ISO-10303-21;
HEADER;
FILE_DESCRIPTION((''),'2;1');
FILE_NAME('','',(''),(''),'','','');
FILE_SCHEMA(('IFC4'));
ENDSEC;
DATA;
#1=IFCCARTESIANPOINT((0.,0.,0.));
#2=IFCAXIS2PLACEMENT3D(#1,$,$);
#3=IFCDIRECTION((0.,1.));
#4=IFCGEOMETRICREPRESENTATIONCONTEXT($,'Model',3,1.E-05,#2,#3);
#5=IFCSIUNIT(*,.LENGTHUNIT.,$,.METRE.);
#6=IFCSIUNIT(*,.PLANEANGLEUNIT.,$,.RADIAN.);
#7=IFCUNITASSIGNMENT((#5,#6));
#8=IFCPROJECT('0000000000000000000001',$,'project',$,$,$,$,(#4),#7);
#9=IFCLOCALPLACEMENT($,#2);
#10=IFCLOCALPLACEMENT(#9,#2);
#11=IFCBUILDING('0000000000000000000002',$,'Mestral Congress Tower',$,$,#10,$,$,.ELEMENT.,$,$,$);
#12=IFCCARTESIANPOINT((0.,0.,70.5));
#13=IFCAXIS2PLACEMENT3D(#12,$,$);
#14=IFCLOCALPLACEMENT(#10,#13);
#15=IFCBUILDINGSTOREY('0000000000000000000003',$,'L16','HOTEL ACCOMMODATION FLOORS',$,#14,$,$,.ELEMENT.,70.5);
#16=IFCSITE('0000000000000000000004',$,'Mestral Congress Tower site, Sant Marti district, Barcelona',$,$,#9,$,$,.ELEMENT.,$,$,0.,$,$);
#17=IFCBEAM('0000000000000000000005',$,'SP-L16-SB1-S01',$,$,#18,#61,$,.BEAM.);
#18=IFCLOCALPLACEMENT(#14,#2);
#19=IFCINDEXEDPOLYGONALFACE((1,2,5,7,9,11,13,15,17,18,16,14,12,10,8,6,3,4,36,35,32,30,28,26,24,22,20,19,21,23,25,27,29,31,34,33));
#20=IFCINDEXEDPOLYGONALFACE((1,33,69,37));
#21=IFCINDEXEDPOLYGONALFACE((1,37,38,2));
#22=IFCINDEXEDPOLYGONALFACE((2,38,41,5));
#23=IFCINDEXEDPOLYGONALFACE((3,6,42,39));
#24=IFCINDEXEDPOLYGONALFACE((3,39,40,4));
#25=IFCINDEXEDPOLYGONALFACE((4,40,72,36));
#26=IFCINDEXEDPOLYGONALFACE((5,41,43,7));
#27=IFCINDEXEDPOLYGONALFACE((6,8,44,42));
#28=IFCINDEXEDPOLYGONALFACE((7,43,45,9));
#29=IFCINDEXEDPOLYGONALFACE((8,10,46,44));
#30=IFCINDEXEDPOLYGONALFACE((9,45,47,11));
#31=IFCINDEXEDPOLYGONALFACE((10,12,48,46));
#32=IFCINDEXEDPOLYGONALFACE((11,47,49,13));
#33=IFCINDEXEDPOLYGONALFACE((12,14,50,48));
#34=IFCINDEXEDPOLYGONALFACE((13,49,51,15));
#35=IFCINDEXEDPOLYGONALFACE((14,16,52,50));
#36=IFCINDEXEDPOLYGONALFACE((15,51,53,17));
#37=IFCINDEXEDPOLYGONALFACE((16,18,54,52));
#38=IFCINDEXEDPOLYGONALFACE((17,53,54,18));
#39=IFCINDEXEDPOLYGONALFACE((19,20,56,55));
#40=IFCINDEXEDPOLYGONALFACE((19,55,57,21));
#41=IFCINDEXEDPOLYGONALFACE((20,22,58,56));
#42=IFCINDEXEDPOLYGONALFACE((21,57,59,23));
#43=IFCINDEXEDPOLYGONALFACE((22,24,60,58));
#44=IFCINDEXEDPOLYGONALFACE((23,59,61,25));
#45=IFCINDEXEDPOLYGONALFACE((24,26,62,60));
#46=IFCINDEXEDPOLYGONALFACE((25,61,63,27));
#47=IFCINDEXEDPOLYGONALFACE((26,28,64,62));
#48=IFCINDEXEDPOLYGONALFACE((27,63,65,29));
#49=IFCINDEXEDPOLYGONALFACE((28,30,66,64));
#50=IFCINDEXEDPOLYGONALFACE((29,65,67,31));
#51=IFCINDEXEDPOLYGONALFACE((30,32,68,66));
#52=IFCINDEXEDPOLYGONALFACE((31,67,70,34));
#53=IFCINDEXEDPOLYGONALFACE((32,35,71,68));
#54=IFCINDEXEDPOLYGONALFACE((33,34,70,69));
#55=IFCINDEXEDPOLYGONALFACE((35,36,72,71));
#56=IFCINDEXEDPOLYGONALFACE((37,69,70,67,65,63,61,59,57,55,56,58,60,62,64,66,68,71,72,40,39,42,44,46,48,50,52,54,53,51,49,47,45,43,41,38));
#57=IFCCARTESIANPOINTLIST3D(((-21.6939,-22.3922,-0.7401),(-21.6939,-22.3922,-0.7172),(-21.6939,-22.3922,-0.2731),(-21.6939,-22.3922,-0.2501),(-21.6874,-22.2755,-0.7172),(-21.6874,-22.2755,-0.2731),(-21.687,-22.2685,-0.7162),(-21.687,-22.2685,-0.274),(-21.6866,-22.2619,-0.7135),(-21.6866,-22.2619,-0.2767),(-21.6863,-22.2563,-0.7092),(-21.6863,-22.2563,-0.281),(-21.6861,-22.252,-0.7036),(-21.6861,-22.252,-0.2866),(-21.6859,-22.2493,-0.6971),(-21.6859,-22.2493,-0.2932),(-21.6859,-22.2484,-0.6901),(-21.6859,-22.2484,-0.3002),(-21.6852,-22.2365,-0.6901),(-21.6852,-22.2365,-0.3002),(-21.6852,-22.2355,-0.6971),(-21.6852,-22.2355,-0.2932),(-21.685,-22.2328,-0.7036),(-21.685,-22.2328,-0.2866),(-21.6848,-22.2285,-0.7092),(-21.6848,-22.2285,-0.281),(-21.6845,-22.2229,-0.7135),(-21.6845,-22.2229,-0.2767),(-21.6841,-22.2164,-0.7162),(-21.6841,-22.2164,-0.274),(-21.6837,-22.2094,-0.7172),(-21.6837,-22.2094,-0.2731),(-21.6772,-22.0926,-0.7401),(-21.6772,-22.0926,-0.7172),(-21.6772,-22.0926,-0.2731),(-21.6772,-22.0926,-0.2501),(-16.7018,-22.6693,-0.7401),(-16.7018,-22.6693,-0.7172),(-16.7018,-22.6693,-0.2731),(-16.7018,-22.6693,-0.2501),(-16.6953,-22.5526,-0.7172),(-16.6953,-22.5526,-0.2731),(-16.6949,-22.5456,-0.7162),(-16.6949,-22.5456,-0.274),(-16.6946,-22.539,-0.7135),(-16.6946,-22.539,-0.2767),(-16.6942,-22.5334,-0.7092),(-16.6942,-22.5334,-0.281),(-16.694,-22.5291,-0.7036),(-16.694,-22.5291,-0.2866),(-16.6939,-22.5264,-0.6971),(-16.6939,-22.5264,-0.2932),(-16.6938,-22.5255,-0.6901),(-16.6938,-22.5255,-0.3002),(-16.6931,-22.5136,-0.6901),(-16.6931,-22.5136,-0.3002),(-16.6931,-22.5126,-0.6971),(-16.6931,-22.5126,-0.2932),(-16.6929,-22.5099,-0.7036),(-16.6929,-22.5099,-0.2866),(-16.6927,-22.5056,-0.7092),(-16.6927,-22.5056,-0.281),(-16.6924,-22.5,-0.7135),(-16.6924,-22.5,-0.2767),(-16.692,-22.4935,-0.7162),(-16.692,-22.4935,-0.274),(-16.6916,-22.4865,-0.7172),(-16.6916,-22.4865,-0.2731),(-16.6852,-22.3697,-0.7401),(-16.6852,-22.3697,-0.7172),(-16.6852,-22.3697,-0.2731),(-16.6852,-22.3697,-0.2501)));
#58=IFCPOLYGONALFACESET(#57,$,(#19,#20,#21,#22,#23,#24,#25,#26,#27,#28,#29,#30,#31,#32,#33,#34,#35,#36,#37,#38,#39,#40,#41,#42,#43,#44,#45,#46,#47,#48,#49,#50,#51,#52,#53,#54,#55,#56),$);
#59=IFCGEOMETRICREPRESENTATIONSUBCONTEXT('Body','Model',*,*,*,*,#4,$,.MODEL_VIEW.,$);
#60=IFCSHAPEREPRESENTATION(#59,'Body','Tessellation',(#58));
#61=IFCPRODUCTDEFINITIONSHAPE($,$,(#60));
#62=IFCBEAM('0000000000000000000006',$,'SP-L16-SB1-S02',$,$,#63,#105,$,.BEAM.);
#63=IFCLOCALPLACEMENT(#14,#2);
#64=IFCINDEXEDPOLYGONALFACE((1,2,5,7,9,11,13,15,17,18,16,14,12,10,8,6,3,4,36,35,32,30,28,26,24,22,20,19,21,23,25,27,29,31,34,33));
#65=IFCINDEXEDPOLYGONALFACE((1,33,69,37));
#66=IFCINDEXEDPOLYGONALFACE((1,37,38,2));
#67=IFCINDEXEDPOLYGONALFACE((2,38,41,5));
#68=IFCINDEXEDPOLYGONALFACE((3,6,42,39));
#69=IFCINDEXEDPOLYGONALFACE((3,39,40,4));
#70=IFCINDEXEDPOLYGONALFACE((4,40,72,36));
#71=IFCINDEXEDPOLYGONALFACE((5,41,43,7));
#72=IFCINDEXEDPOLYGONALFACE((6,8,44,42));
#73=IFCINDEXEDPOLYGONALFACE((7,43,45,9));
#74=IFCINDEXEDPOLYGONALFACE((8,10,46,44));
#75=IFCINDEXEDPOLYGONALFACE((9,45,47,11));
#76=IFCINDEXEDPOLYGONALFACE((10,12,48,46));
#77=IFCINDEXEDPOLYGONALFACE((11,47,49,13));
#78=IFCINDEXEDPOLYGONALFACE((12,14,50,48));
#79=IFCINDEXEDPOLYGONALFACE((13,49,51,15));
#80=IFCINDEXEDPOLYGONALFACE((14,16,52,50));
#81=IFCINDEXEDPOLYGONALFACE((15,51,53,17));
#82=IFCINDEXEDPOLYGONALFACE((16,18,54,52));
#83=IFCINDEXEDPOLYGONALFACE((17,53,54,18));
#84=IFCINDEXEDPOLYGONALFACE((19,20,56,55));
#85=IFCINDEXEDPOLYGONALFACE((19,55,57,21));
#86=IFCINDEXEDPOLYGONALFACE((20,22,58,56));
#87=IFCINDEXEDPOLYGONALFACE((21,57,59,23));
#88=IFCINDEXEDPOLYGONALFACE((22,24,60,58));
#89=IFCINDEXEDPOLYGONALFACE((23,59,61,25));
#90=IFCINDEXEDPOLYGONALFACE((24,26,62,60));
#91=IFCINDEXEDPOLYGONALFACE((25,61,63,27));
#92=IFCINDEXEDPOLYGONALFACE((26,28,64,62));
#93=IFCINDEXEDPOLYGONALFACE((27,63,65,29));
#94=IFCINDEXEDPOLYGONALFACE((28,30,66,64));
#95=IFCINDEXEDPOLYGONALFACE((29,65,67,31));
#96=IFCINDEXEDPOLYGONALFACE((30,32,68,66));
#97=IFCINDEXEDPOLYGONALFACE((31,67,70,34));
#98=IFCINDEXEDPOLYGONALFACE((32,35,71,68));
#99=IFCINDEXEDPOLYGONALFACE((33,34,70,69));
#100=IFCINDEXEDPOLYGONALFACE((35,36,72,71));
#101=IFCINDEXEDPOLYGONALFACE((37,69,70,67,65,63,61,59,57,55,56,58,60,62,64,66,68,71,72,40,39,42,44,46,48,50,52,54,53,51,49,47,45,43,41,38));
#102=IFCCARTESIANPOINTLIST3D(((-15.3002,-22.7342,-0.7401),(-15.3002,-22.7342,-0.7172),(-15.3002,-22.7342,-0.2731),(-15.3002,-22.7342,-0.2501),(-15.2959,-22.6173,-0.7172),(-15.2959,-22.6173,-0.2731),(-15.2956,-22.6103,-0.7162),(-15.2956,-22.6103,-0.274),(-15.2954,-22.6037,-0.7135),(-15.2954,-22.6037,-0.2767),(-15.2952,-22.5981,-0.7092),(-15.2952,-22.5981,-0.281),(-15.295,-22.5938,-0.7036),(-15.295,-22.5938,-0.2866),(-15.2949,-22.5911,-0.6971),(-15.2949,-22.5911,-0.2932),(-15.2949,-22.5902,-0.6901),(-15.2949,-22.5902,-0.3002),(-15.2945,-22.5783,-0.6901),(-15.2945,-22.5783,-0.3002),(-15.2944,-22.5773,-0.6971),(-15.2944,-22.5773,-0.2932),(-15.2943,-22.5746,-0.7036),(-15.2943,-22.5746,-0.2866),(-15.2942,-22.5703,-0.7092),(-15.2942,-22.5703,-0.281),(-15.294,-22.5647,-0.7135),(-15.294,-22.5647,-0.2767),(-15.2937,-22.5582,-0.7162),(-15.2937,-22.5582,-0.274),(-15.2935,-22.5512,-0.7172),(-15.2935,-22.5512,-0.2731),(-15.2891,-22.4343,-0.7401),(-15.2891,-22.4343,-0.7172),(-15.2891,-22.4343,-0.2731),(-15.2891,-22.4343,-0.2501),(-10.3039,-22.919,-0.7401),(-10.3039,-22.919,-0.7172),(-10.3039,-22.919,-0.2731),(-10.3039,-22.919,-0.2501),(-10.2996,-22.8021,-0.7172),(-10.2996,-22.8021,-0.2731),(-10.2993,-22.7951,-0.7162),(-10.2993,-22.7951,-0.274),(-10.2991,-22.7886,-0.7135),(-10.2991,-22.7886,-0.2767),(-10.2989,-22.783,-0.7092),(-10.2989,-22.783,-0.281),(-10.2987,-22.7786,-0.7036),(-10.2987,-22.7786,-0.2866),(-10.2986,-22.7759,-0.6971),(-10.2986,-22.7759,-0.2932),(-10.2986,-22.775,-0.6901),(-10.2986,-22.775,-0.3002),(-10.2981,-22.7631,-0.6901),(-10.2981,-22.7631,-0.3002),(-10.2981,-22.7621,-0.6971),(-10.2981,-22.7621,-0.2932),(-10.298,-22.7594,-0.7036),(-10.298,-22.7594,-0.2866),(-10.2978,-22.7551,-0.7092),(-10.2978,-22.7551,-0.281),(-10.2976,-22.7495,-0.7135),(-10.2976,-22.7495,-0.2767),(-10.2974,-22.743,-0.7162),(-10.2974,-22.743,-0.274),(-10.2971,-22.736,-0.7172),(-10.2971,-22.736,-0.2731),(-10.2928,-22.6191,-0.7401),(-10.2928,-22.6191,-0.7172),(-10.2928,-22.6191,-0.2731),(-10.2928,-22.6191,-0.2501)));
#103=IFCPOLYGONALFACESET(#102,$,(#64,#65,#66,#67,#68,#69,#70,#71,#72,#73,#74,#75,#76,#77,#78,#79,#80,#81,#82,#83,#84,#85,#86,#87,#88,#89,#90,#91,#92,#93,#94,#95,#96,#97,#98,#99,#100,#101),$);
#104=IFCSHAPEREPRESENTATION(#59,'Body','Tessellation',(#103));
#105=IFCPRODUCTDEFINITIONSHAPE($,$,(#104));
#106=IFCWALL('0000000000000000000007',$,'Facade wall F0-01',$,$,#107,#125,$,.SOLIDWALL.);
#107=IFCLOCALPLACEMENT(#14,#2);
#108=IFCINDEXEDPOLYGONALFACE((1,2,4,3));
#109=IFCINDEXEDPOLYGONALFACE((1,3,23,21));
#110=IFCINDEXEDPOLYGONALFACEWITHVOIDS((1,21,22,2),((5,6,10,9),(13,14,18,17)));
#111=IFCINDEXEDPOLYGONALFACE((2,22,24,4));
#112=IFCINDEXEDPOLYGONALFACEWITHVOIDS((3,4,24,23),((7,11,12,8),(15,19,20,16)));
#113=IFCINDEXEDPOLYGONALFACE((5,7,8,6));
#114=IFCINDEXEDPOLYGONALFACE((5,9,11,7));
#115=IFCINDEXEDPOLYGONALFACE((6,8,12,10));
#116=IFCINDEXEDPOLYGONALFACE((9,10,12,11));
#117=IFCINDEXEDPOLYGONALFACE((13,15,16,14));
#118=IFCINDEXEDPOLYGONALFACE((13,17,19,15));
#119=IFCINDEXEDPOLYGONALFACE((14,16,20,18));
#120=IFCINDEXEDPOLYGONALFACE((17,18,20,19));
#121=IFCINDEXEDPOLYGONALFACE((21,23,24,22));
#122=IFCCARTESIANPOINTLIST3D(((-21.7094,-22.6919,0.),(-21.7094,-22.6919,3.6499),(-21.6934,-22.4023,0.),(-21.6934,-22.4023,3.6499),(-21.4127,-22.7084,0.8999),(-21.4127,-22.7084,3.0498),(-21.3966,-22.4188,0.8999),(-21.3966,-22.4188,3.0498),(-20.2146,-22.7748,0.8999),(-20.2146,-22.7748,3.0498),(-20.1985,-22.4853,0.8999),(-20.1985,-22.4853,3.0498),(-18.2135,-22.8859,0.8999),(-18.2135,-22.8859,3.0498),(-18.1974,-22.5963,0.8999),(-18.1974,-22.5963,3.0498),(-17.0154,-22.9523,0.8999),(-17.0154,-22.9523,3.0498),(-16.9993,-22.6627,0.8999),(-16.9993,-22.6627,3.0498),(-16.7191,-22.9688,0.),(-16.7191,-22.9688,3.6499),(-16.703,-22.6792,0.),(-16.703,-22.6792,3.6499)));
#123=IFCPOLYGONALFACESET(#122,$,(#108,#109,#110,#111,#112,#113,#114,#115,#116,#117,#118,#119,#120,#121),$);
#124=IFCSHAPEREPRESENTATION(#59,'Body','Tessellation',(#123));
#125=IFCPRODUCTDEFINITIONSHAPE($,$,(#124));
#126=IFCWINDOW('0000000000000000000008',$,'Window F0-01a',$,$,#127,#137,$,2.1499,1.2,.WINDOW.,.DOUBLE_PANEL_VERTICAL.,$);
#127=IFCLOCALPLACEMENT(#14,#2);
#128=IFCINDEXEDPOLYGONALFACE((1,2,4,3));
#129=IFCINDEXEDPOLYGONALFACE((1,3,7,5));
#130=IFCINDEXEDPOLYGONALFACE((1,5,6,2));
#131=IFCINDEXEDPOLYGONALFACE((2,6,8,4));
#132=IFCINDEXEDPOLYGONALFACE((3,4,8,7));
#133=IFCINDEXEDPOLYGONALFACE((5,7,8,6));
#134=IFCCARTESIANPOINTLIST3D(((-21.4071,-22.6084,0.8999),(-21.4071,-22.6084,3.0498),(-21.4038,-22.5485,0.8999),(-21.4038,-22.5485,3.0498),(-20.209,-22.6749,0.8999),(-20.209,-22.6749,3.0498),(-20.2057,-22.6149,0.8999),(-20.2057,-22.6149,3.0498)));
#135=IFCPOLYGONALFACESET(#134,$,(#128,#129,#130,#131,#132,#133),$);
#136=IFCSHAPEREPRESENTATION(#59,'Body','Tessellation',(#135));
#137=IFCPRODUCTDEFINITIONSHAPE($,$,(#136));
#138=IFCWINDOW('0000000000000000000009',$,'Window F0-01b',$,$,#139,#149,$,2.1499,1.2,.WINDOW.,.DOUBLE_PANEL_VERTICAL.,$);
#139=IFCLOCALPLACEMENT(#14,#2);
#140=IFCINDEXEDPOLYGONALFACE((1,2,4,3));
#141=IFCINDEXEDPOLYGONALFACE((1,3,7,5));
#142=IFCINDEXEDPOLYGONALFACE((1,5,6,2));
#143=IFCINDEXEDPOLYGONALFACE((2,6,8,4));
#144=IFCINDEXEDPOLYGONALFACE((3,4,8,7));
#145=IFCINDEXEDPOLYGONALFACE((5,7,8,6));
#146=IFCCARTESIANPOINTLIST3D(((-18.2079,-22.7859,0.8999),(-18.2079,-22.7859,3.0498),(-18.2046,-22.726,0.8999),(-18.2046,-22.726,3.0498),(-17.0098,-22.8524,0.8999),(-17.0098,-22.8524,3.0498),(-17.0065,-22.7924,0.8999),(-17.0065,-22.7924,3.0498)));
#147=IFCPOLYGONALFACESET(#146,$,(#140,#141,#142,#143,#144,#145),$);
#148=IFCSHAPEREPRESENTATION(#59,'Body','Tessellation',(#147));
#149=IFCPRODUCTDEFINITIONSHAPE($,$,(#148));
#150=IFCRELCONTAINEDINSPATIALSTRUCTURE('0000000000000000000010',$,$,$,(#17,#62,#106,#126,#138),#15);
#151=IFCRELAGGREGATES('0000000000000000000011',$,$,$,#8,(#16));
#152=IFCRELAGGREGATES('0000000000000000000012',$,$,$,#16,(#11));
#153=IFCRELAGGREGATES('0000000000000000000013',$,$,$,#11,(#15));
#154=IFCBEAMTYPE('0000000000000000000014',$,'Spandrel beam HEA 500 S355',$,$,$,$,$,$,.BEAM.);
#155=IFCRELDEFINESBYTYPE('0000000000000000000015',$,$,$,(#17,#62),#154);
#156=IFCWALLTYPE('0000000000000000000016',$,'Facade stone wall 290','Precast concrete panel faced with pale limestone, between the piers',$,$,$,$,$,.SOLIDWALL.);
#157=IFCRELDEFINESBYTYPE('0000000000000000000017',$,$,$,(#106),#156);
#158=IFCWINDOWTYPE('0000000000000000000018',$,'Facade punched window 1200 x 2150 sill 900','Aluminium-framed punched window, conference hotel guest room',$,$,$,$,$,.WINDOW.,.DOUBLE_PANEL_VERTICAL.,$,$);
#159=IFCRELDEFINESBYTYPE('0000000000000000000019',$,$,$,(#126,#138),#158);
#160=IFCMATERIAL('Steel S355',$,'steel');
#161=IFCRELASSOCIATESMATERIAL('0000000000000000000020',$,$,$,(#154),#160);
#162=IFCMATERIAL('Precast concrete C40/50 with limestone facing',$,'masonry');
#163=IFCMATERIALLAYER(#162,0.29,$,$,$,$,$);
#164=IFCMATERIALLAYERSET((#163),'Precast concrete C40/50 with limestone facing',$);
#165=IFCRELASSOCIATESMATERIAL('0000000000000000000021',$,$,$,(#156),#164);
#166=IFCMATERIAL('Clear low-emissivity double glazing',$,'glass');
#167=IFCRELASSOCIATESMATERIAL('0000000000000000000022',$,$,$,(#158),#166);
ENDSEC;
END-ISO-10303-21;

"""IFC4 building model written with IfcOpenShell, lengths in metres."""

from ifc_helpers import new_model, si_unit, direction, frame, frame_2d, origin, origin_2d, place, context, subcontext, project, spatial, rectangle, i_section, extrude, material, layer, layer_set, material_profile, profile_set, type_object, element, fill, save


model = new_model("IFC4")

# Units and contexts
model_context = context("Model", 3, precision=1e-05, world=origin(), true_north=direction((0.0, 1.0)))
body_context = subcontext(model_context, "Body", "Model", "MODEL_VIEW")
ifc_project = project(units=[si_unit("LENGTHUNIT", "METRE"), si_unit("PLANEANGLEUNIT", "RADIAN")], contexts=[model_context])

# Site, building, storey
site_placement = place(None, origin())
site = spatial("IfcSite", under=ifc_project, at=site_placement, Name="Mestral Congress Tower site, Sant Marti district, Barcelona", CompositionType="ELEMENT", RefElevation=0.0)
building_placement = place(site_placement, origin())
building = spatial("IfcBuilding", under=site, at=building_placement, Name="Mestral Congress Tower", CompositionType="ELEMENT")
storey_placement = place(building_placement, frame((0.0, 0.0, 70.5)))
storey = spatial("IfcBuildingStorey", under=building, at=storey_placement, Name="L16", Description="HOTEL ACCOMMODATION FLOORS", CompositionType="ELEMENT", Elevation=70.5)

# Beams
ifc_material_1 = material(Name="Steel S355", Category="steel")
ifc_material_profile_1 = material_profile(ifc_material_1, i_section(OverallWidth=0.3, OverallDepth=0.49, WebThickness=0.012, FlangeThickness=0.0229, FilletRadius=0.0271, at=origin_2d()), Name="HEA 500")
ifc_profile_set_1 = profile_set([ifc_material_profile_1], Name="Steel S355")
beam_type_1 = type_object("IfcBeamType", Name="Spandrel beam HEA 500 S355", PredefinedType="BEAM", material=ifc_profile_set_1)
for number, where, z_axis, x_axis, name in (
    (1, (-21.6855, -22.2424, -0.4951), (0.998463, -0.055421, 0.0), (0.055421, 0.998463, 0.0), "SP-L16-SB1-S01"),
    (2, (-15.2947, -22.5842, -0.4951), (0.999317, -0.036965, 0.0), (0.036965, 0.999317, 0.0), "SP-L16-SB1-S02"),
):
    element("IfcBeam", number, at=place(storey_placement, frame(where, z_axis=z_axis, x_axis=x_axis)), inside=storey, type_object=beam_type_1, Name=name, PredefinedType="BEAM", context=body_context, shape_type="SweptSolid", body=[
        extrude(i_section(OverallWidth=0.3, OverallDepth=0.49, WebThickness=0.012, FlangeThickness=0.0229, FilletRadius=0.0271, at=origin_2d()), origin(), (0.0, 0.0, 1.0), 4.9998),
    ])

# Wall, openings, windows
ifc_material_2 = material(Name="Precast concrete C40/50 with limestone facing", Category="masonry")
ifc_layer_1 = layer(ifc_material_2, 0.29)
ifc_layer_set_1 = layer_set([ifc_layer_1], Name="Precast concrete C40/50 with limestone facing")
wall_type_1 = type_object("IfcWallType", Name="Facade stone wall 290", Description="Precast concrete panel faced with pale limestone, between the piers", PredefinedType="SOLIDWALL", material=ifc_layer_set_1)
wall_1_placement = place(storey_placement, frame((-21.7014, -22.5471, 0.0), z_axis=(0.0, 0.0, 1.0), x_axis=(0.998465, -0.055392, 0.0)))
wall_1 = element("IfcWall", 3, at=wall_1_placement, inside=storey, type_object=wall_type_1, Name="Facade wall F0-01", PredefinedType="SOLIDWALL", context=body_context, shape_type="SweptSolid", body=[
    extrude(rectangle(XDim=4.998, YDim=0.29, at=frame_2d((2.499, 0.0))), origin(), (0.0, 0.0, 1.0), 3.6499),
])
opening_1_placement = place(wall_1_placement, frame((0.2971, 0.0, 0.8999)))
opening_1 = element("IfcOpeningElement", 4, at=opening_1_placement, cuts=wall_1, PredefinedType="OPENING", context=body_context, shape_type="SweptSolid", body=[
    extrude(rectangle(XDim=1.2, YDim=2.1499, at=frame_2d((0.6001, 1.075))), frame((0.0, 0.155, 0.0), z_axis=(0.0, -1.0, 0.0), x_axis=(1.0, 0.0, 0.0)), (0.0, 0.0, 1.0), 0.3101),
])
opening_2_placement = place(wall_1_placement, frame((3.5012, 0.0, 0.8999)))
opening_2 = element("IfcOpeningElement", 5, at=opening_2_placement, cuts=wall_1, PredefinedType="OPENING", context=body_context, shape_type="SweptSolid", body=[
    extrude(rectangle(XDim=1.2, YDim=2.1499, at=frame_2d((0.6001, 1.075))), frame((0.0, 0.155, 0.0), z_axis=(0.0, -1.0, 0.0), x_axis=(1.0, 0.0, 0.0)), (0.0, 0.0, 1.0), 0.3101),
])
ifc_material_3 = material(Name="Clear low-emissivity double glazing", Category="glass")
window_type = type_object("IfcWindowType", Name="Facade punched window 1200 x 2150 sill 900", Description="Aluminium-framed punched window, conference hotel guest room", PartitioningType="DOUBLE_PANEL_VERTICAL", PredefinedType="WINDOW", material=ifc_material_3)
window_1_placement = place(opening_1_placement, origin())
window_1 = element("IfcWindow", 6, at=window_1_placement, inside=storey, type_object=window_type, Name="Window F0-01a", OverallHeight=2.1499, OverallWidth=1.2, PartitioningType="DOUBLE_PANEL_VERTICAL", PredefinedType="WINDOW", context=body_context, shape_type="SweptSolid", body=[
    extrude(rectangle(XDim=1.2, YDim=2.1499, at=frame_2d((0.6001, 1.075))), frame((0.0, 0.0151, 0.0), z_axis=(0.0, -1.0, 0.0), x_axis=(1.0, 0.0, 0.0)), (0.0, 0.0, 1.0), 0.0601),
])
fill(opening_1, window_1)
window_2_placement = place(opening_2_placement, origin())
window_2 = element("IfcWindow", 7, at=window_2_placement, inside=storey, type_object=window_type, Name="Window F0-01b", OverallHeight=2.1499, OverallWidth=1.2, PartitioningType="DOUBLE_PANEL_VERTICAL", PredefinedType="WINDOW", context=body_context, shape_type="SweptSolid", body=[
    extrude(rectangle(XDim=1.2, YDim=2.1499, at=frame_2d((0.6001, 1.075))), frame((0.0, 0.0151, 0.0), z_axis=(0.0, -1.0, 0.0), x_axis=(1.0, 0.0, 0.0)), (0.0, 0.0, 1.0), 0.0601),
])
fill(opening_2, window_2)

save(model, "model.ifc")
